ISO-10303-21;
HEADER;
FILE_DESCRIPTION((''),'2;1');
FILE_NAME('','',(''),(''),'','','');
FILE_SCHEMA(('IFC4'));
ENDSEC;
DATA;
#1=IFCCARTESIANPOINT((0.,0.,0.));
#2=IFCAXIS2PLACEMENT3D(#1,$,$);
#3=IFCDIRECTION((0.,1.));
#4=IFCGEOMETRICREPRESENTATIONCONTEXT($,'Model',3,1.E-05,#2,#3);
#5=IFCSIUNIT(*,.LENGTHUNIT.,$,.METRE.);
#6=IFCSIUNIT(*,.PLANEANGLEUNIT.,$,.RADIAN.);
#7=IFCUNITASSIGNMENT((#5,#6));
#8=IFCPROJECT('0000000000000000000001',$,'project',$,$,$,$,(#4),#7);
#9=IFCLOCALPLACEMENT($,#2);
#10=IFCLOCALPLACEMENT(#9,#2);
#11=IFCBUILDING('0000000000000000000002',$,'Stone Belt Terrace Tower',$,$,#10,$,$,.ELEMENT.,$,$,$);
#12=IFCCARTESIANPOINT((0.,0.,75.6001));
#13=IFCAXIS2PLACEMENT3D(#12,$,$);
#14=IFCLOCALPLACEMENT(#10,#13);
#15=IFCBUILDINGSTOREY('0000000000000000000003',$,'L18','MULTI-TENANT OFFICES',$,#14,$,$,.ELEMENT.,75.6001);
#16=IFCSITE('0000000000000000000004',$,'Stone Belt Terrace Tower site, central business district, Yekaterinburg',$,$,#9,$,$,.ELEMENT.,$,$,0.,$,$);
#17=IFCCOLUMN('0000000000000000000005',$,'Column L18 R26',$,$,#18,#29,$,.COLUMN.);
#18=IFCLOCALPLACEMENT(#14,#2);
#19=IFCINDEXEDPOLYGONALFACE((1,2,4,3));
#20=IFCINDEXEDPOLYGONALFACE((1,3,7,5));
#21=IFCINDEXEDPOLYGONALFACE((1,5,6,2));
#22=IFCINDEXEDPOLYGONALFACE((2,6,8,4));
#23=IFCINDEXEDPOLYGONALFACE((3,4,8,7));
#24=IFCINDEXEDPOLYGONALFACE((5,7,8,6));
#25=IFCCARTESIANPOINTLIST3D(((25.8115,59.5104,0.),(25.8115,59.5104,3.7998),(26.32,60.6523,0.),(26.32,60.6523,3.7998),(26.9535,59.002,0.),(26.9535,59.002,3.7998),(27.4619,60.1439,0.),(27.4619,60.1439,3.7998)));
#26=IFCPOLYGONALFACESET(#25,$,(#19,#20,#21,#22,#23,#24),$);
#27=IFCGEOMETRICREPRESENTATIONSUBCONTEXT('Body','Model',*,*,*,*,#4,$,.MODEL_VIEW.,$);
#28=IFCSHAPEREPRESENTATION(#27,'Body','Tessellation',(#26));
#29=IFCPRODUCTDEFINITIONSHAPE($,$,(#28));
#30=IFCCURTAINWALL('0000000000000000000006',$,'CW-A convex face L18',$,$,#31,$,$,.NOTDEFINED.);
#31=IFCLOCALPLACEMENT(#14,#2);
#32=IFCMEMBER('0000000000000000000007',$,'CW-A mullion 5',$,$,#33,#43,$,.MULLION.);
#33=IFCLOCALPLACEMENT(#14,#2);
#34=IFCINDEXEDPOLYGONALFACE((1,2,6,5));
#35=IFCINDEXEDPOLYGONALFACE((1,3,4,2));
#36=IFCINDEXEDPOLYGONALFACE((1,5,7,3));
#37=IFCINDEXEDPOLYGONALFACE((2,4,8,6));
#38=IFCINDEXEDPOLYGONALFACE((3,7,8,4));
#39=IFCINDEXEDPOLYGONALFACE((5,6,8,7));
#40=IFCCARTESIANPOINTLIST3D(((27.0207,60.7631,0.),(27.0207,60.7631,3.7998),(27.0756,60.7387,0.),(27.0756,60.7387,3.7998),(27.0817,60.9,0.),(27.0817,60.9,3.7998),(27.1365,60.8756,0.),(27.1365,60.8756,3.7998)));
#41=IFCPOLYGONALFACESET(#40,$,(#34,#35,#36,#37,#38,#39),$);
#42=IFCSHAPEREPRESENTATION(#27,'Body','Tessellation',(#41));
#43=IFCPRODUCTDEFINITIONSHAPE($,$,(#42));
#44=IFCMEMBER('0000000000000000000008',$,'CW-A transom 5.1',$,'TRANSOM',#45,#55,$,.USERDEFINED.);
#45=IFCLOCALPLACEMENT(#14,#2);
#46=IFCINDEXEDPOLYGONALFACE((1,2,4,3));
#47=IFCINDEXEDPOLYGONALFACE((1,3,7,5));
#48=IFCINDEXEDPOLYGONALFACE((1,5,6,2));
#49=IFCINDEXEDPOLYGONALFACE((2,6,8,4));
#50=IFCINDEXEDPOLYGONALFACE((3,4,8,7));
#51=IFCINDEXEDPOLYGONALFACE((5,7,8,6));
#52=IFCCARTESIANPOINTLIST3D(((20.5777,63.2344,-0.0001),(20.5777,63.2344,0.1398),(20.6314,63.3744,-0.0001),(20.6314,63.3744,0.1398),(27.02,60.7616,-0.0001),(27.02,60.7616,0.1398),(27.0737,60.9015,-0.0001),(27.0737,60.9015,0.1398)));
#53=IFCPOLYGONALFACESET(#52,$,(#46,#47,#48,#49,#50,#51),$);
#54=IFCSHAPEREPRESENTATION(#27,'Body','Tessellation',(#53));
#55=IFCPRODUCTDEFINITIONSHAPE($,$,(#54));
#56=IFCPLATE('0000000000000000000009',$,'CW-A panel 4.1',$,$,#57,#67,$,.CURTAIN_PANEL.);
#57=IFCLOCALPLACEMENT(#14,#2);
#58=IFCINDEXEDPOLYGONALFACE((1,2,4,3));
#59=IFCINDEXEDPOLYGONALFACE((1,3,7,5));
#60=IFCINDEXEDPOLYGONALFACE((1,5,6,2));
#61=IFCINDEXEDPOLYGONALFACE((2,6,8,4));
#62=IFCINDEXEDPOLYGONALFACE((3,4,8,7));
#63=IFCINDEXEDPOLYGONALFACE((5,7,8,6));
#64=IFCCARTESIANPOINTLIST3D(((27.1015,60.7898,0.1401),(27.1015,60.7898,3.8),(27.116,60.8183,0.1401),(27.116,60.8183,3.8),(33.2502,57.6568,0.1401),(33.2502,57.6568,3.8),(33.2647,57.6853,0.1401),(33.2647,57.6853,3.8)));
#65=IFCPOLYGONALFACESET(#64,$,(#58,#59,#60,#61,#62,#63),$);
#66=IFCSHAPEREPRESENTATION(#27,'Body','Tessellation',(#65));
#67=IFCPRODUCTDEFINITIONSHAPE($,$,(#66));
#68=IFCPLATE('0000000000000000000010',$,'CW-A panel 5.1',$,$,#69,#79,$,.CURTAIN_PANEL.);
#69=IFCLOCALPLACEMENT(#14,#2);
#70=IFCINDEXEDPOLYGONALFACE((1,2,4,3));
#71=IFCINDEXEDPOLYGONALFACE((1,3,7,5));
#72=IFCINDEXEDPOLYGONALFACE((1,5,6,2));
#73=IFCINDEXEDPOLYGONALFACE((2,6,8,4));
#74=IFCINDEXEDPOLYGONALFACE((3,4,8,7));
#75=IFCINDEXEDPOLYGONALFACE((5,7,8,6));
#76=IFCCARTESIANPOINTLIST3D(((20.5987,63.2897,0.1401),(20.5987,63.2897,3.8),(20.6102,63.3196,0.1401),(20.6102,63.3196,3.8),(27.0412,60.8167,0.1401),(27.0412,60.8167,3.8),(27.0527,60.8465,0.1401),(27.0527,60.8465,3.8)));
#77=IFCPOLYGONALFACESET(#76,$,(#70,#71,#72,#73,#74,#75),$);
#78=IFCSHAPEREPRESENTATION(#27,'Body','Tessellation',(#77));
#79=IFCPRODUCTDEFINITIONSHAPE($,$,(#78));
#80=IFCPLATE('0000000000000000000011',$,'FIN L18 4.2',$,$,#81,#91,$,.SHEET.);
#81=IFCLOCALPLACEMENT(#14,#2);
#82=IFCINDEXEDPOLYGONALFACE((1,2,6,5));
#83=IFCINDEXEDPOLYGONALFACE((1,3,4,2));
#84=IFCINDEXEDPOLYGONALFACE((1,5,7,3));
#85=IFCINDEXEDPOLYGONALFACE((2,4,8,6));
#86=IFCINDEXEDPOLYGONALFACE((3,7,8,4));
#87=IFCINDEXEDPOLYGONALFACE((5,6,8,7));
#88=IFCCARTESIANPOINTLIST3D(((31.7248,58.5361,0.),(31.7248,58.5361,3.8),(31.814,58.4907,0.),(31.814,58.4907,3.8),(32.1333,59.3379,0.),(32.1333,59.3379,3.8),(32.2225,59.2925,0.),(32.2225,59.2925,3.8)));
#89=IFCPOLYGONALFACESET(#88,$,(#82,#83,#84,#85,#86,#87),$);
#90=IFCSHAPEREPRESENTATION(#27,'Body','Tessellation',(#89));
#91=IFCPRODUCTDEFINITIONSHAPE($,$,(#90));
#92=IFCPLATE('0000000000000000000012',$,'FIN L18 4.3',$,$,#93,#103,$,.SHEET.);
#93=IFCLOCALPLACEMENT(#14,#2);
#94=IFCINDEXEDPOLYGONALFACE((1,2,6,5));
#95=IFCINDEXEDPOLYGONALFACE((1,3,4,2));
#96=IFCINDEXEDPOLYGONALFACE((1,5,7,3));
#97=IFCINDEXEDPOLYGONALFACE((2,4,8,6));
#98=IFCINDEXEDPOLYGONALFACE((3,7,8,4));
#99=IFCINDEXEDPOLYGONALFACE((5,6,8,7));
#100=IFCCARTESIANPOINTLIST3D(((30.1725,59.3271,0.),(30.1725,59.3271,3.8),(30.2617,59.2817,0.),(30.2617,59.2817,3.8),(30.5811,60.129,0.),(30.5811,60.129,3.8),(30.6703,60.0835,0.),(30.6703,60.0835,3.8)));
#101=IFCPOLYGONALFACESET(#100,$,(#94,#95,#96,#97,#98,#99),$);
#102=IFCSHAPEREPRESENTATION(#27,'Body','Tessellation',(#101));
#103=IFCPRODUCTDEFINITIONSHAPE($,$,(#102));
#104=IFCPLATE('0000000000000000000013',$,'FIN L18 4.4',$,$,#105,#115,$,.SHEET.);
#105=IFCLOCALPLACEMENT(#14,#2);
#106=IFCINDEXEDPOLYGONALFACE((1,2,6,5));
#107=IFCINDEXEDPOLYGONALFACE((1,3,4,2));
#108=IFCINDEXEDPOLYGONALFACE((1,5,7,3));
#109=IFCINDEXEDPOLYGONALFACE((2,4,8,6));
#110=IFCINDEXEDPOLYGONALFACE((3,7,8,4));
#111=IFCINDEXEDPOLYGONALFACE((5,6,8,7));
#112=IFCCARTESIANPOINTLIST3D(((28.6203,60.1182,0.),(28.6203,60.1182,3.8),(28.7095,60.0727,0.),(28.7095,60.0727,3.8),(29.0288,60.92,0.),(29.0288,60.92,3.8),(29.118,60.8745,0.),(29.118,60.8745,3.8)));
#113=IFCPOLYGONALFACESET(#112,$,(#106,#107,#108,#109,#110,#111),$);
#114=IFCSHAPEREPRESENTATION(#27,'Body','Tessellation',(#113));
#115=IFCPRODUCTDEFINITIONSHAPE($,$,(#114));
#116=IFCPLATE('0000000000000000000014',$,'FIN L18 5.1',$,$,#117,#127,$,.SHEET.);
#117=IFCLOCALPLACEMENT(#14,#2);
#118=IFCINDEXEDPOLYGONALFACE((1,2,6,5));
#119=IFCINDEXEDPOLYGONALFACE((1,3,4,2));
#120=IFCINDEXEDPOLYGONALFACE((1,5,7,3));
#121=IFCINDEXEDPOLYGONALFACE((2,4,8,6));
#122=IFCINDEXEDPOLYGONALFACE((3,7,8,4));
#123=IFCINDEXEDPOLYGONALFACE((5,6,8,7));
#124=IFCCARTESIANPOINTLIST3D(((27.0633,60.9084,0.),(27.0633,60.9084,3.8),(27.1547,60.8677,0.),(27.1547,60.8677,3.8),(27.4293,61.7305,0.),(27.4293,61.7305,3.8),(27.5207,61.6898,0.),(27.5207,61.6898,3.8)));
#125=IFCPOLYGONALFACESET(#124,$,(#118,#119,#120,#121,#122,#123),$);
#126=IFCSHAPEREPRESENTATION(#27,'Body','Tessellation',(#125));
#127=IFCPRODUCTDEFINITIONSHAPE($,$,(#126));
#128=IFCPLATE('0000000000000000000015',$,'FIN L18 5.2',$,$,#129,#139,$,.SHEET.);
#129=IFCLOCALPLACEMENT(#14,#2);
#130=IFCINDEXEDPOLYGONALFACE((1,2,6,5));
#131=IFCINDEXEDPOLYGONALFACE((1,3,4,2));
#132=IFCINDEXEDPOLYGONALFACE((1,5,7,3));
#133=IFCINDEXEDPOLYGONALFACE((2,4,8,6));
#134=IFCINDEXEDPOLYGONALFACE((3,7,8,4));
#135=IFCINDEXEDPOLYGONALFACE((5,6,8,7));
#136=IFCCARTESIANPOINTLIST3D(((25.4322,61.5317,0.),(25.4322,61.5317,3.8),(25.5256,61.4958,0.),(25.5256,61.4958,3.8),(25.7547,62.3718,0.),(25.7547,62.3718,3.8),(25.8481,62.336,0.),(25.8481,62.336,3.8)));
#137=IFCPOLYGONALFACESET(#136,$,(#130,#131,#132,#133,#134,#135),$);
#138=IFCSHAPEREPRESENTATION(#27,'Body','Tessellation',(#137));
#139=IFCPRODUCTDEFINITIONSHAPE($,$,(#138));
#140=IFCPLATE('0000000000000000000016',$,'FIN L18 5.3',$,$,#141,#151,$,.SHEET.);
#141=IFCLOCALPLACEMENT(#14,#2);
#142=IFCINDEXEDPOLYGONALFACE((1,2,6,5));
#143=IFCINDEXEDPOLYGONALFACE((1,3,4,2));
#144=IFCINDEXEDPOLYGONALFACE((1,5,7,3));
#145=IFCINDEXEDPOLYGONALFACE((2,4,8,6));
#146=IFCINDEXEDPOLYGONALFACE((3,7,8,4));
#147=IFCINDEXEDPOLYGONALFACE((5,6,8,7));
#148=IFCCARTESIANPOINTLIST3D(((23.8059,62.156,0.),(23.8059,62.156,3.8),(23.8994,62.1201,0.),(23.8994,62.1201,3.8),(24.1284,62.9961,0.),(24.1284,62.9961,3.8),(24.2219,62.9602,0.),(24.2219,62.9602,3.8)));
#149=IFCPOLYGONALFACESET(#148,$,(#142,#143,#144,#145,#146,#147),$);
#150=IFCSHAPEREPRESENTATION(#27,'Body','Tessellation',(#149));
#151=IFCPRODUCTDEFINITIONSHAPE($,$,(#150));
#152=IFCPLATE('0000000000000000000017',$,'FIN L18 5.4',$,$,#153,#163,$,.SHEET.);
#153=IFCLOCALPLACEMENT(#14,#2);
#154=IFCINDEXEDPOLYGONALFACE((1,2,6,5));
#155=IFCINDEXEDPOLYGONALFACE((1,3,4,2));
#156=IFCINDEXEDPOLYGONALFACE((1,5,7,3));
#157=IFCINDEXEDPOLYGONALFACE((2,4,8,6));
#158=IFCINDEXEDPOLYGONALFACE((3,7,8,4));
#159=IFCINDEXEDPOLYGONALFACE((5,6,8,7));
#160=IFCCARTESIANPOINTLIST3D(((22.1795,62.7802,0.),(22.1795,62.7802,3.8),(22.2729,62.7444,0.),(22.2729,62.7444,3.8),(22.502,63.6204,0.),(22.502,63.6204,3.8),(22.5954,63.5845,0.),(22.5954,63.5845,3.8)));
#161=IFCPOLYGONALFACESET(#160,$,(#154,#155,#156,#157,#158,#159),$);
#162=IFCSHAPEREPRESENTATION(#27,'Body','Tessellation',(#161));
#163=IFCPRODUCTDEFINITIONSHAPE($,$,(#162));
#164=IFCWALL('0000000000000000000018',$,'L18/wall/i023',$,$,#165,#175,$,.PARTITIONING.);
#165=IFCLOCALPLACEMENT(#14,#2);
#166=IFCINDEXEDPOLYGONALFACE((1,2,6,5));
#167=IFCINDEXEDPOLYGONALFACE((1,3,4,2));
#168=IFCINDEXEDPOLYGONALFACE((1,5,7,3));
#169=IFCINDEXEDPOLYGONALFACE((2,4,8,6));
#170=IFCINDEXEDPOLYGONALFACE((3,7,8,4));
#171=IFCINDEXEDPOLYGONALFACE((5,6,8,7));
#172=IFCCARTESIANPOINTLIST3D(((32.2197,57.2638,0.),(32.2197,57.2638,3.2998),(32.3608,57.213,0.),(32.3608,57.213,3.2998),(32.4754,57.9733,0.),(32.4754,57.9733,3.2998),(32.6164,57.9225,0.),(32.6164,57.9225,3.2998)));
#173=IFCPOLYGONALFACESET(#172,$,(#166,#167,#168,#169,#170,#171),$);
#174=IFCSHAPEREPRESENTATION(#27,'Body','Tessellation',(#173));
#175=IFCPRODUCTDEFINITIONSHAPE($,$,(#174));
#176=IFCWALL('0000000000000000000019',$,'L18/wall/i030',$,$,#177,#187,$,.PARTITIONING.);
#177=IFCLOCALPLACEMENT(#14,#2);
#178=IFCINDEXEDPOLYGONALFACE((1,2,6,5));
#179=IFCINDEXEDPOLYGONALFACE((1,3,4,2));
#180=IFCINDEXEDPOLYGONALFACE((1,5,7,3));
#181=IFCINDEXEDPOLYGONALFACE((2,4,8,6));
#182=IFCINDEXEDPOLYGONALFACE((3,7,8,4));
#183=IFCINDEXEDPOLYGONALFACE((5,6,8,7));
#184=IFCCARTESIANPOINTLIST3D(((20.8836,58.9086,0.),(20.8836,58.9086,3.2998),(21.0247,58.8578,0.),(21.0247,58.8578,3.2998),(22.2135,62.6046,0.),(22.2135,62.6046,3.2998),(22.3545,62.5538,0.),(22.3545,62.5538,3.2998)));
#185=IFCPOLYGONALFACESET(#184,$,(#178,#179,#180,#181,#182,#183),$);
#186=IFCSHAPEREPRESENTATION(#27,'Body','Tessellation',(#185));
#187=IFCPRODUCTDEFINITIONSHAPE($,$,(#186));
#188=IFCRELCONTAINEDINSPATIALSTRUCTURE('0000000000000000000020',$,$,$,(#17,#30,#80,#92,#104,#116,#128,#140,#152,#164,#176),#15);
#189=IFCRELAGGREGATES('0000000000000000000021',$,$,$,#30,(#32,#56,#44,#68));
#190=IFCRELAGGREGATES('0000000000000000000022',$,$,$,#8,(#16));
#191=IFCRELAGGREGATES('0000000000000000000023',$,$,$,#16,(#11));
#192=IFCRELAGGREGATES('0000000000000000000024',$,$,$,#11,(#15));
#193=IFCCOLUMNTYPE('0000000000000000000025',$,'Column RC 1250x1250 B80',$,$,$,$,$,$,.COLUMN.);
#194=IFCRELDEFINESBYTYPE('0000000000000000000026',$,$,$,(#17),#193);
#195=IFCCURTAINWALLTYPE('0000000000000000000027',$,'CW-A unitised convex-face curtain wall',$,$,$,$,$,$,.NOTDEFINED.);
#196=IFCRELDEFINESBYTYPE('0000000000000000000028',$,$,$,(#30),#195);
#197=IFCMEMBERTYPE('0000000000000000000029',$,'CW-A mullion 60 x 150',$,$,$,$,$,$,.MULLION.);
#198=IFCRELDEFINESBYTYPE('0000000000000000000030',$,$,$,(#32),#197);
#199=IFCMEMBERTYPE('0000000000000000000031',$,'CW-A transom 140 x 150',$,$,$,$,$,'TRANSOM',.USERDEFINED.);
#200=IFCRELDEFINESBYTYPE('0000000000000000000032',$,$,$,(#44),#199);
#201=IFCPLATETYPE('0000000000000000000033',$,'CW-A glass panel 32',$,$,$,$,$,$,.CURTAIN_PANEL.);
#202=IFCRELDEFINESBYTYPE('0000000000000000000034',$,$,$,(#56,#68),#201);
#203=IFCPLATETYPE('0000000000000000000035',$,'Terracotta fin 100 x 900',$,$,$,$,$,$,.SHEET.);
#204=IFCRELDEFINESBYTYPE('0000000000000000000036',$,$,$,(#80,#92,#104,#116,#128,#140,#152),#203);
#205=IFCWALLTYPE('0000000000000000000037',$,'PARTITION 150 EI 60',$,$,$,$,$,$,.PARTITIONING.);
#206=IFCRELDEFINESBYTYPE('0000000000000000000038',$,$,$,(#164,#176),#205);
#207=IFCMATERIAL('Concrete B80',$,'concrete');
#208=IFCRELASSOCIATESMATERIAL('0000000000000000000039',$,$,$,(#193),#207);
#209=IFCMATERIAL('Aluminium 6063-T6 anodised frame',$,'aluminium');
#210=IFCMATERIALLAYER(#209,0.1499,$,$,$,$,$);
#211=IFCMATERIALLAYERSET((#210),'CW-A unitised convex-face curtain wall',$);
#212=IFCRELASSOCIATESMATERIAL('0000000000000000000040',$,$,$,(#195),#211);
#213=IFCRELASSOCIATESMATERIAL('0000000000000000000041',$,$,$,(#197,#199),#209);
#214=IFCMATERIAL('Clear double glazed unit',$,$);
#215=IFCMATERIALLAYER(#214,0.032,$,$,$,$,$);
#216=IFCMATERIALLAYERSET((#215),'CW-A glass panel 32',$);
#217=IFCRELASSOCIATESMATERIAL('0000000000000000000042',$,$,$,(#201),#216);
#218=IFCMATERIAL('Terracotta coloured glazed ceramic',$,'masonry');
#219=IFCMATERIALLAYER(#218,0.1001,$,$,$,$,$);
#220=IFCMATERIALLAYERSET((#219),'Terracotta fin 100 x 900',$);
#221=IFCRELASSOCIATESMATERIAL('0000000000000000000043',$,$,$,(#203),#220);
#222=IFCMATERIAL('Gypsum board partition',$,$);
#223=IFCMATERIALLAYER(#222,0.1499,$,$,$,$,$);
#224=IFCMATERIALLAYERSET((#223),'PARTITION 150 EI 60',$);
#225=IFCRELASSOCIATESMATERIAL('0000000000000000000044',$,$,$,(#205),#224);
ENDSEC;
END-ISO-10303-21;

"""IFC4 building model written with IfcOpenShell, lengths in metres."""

from ifc_helpers import new_model, si_unit, direction, frame, frame_2d, origin, origin_2d, place, context, subcontext, project, spatial, rectangle, extrude, material, layer, layer_set, material_profile, profile_set, type_object, element, aggregate, save


model = new_model("IFC4")

# Units and contexts
model_context = context("Model", 3, precision=1e-05, world=origin(), true_north=direction((0.0, 1.0)))
body_context = subcontext(model_context, "Body", "Model", "MODEL_VIEW")
ifc_project = project(units=[si_unit("LENGTHUNIT", "METRE"), si_unit("PLANEANGLEUNIT", "RADIAN")], contexts=[model_context])

# Site, building, storey
site_placement = place(None, origin())
site = spatial("IfcSite", under=ifc_project, at=site_placement, Name="Stone Belt Terrace Tower site, central business district, Yekaterinburg", CompositionType="ELEMENT", RefElevation=0.0)
building_placement = place(site_placement, origin())
building = spatial("IfcBuilding", under=site, at=building_placement, Name="Stone Belt Terrace Tower", CompositionType="ELEMENT")
storey_placement = place(building_placement, frame((0.0, 0.0, 75.6001)))
storey = spatial("IfcBuildingStorey", under=building, at=storey_placement, Name="L18", Description="MULTI-TENANT OFFICES", CompositionType="ELEMENT", Elevation=75.6001)

# Column
ifc_material_1 = material(Name="Concrete B80", Category="concrete")
ifc_material_profile_1 = material_profile(ifc_material_1, rectangle(XDim=1.25, YDim=1.25, at=origin_2d()), Name="RC 1250x1250")
ifc_profile_set_1 = profile_set([ifc_material_profile_1], Name="Concrete B80")
column_type = type_object("IfcColumnType", Name="Column RC 1250x1250 B80", PredefinedType="COLUMN", material=ifc_profile_set_1)
column_placement = place(storey_placement, frame((26.6367, 59.8271, 0.0), z_axis=(0.0, 0.0, 1.0), x_axis=(0.913545, -0.406737, 0.0)))
element("IfcColumn", 1, at=column_placement, inside=storey, type_object=column_type, Name="Column L18 R26", PredefinedType="COLUMN", context=body_context, shape_type="SweptSolid", body=[
    extrude(rectangle(XDim=1.25, YDim=1.25, at=origin_2d()), origin(), (0.0, 0.0, 1.0), 3.7998),
])

# Curtain wall, members, plates
ifc_material_2 = material(Name="Aluminium 6063-T6 anodised frame", Category="aluminium")
ifc_layer_1 = layer(ifc_material_2, 0.1499)
ifc_layer_set_1 = layer_set([ifc_layer_1], Name="CW-A unitised convex-face curtain wall")
curtain_wall_type = type_object("IfcCurtainWallType", Name="CW-A unitised convex-face curtain wall", PredefinedType="NOTDEFINED", material=ifc_layer_set_1)
curtain_wall_placement = place(storey_placement, origin())
curtain_wall = element("IfcCurtainWall", 2, at=curtain_wall_placement, inside=storey, type_object=curtain_wall_type, Name="CW-A convex face L18", PredefinedType="NOTDEFINED")
ifc_material_profile_2 = material_profile(ifc_material_2, rectangle(XDim=0.1499, YDim=0.0601, at=origin_2d()), Name="Aluminium 6063-T6 60x150")
ifc_profile_set_2 = profile_set([ifc_material_profile_2], Name="Aluminium 6063-T6 anodised frame")
member_type_1 = type_object("IfcMemberType", Name="CW-A mullion 60 x 150", PredefinedType="MULLION", material=ifc_profile_set_2)
member_1_placement = place(storey_placement, frame((27.0786, 60.8193, 0.0), z_axis=(0.0, 0.0, 1.0), x_axis=(-0.406737, -0.913545, 0.0)))
member_1 = element("IfcMember", 3, at=member_1_placement, type_object=member_type_1, Name="CW-A mullion 5", PredefinedType="MULLION", context=body_context, shape_type="SweptSolid", body=[
    extrude(rectangle(XDim=0.1499, YDim=0.0601, at=origin_2d()), origin(), (0.0, 0.0, 1.0), 3.7998),
])
ifc_material_profile_3 = material_profile(ifc_material_2, rectangle(XDim=0.1499, YDim=0.1399, at=origin_2d()), Name="Aluminium 6063-T6 150x140")
ifc_profile_set_3 = profile_set([ifc_material_profile_3], Name="Aluminium 6063-T6 anodised frame")
member_type_2 = type_object("IfcMemberType", Name="CW-A transom 140 x 150", ElementType="TRANSOM", PredefinedType="USERDEFINED", material=ifc_profile_set_3)
member_2_placement = place(storey_placement, frame((27.0469, 60.8315, 0.0698), z_axis=(-0.933585, 0.358355, 0.0), x_axis=(-0.358355, -0.933585, 0.0)))
member_2 = element("IfcMember", 4, at=member_2_placement, type_object=member_type_2, Name="CW-A transom 5.1", ObjectType="TRANSOM", PredefinedType="USERDEFINED", context=body_context, shape_type="SweptSolid", body=[
    extrude(rectangle(XDim=0.1499, YDim=0.1399, at=origin_2d()), origin(), (0.0, 0.0, 1.0), 6.9006),
])
ifc_material_3 = material(Name="Clear double glazed unit")
ifc_layer_2 = layer(ifc_material_3, 0.032)
ifc_layer_set_2 = layer_set([ifc_layer_2], Name="CW-A glass panel 32")
plate_type_1 = type_object("IfcPlateType", Name="CW-A glass panel 32", PredefinedType="CURTAIN_PANEL", material=ifc_layer_set_2)
plate_1_placement = place(storey_placement, frame((30.1831, 59.2375, 0.1401), z_axis=(0.0, 0.0, 1.0), x_axis=(-0.891007, 0.45399, 0.0)))
plate_1 = element("IfcPlate", 5, at=plate_1_placement, type_object=plate_type_1, Name="CW-A panel 4.1", PredefinedType="CURTAIN_PANEL", context=body_context, shape_type="SweptSolid", body=[
    extrude(rectangle(XDim=6.9009, YDim=0.032, at=origin_2d()), origin(), (0.0, 0.0, 1.0), 3.6599),
])
plate_2_placement = place(storey_placement, frame((23.8257, 62.0681, 0.1401), z_axis=(0.0, 0.0, 1.0), x_axis=(-0.93358, 0.358368, 0.0)))
plate_2 = element("IfcPlate", 6, at=plate_2_placement, type_object=plate_type_1, Name="CW-A panel 5.1", PredefinedType="CURTAIN_PANEL", context=body_context, shape_type="SweptSolid", body=[
    extrude(rectangle(XDim=6.9009, YDim=0.032, at=origin_2d()), origin(), (0.0, 0.0, 1.0), 3.6599),
])
aggregate(curtain_wall, [member_1, plate_1, member_2, plate_2])

# Plates
ifc_material_4 = material(Name="Terracotta coloured glazed ceramic", Category="masonry")
ifc_layer_3 = layer(ifc_material_4, 0.1001)
ifc_layer_set_3 = layer_set([ifc_layer_3], Name="Terracotta fin 100 x 900")
plate_type_2 = type_object("IfcPlateType", Name="Terracotta fin 100 x 900", PredefinedType="SHEET", material=ifc_layer_set_3)
for number, where, z_axis, x_axis, name in (
    (7, (31.9736, 58.9143, 0.0), (0.0, 0.0, 1.0), (0.45399, 0.891007, 0.0), "FIN L18 4.2"),
    (8, (30.4214, 59.7053, 0.0), (0.0, 0.0, 1.0), (0.45399, 0.891007, 0.0), "FIN L18 4.3"),
    (9, (28.8691, 60.4963, 0.0), (0.0, 0.0, 1.0), (0.45399, 0.891007, 0.0), "FIN L18 4.4"),
    (10, (27.292, 61.2991, 0.0), (0.0, 0.0, 1.0), (0.406737, 0.913545, 0.0), "FIN L18 5.1"),
    (11, (25.6401, 61.9338, 0.0), (0.0, 0.0, 1.0), (0.358368, 0.93358, 0.0), "FIN L18 5.2"),
    (12, (24.0139, 62.5581, 0.0), (0.0, 0.0, 1.0), (0.358368, 0.93358, 0.0), "FIN L18 5.3"),
    (13, (22.3875, 63.1824, 0.0), (0.0, 0.0, 1.0), (0.358368, 0.93358, 0.0), "FIN L18 5.4"),
):
    element("IfcPlate", number, at=place(storey_placement, frame(where, z_axis=z_axis, x_axis=x_axis)), inside=storey, type_object=plate_type_2, Name=name, PredefinedType="SHEET", context=body_context, shape_type="SweptSolid", body=[
        extrude(rectangle(XDim=0.8999, YDim=0.1001, at=origin_2d()), origin(), (0.0, 0.0, 1.0), 3.8),
    ])

# Walls
ifc_material_5 = material(Name="Gypsum board partition")
ifc_layer_4 = layer(ifc_material_5, 0.1499)
ifc_layer_set_4 = layer_set([ifc_layer_4], Name="PARTITION 150 EI 60")
wall_type = type_object("IfcWallType", Name="PARTITION 150 EI 60", PredefinedType="PARTITIONING", material=ifc_layer_set_4)
wall_1_placement = place(storey_placement, frame((32.2903, 57.2385, 0.0), z_axis=(0.0, 0.0, 1.0), x_axis=(0.33896, 0.940801, 0.0)))
element("IfcWall", 14, at=wall_1_placement, inside=storey, type_object=wall_type, Name="L18/wall/i023", PredefinedType="PARTITIONING", context=body_context, shape_type="SweptSolid", body=[
    extrude(rectangle(XDim=0.7542, YDim=0.1499, at=frame_2d((0.377, 0.0))), origin(), (0.0, 0.0, 1.0), 3.2998),
])
wall_2_placement = place(storey_placement, frame((22.2839, 62.5791, 0.0), z_axis=(0.0, 0.0, 1.0), x_axis=(-0.338552, -0.940948, 0.0)))
element("IfcWall", 15, at=wall_2_placement, inside=storey, type_object=wall_type, Name="L18/wall/i030", PredefinedType="PARTITIONING", context=body_context, shape_type="SweptSolid", body=[
    extrude(rectangle(XDim=3.928, YDim=0.1499, at=frame_2d((1.9639, 0.0))), origin(), (0.0, 0.0, 1.0), 3.2998),
])

save(model, "model.ifc")
